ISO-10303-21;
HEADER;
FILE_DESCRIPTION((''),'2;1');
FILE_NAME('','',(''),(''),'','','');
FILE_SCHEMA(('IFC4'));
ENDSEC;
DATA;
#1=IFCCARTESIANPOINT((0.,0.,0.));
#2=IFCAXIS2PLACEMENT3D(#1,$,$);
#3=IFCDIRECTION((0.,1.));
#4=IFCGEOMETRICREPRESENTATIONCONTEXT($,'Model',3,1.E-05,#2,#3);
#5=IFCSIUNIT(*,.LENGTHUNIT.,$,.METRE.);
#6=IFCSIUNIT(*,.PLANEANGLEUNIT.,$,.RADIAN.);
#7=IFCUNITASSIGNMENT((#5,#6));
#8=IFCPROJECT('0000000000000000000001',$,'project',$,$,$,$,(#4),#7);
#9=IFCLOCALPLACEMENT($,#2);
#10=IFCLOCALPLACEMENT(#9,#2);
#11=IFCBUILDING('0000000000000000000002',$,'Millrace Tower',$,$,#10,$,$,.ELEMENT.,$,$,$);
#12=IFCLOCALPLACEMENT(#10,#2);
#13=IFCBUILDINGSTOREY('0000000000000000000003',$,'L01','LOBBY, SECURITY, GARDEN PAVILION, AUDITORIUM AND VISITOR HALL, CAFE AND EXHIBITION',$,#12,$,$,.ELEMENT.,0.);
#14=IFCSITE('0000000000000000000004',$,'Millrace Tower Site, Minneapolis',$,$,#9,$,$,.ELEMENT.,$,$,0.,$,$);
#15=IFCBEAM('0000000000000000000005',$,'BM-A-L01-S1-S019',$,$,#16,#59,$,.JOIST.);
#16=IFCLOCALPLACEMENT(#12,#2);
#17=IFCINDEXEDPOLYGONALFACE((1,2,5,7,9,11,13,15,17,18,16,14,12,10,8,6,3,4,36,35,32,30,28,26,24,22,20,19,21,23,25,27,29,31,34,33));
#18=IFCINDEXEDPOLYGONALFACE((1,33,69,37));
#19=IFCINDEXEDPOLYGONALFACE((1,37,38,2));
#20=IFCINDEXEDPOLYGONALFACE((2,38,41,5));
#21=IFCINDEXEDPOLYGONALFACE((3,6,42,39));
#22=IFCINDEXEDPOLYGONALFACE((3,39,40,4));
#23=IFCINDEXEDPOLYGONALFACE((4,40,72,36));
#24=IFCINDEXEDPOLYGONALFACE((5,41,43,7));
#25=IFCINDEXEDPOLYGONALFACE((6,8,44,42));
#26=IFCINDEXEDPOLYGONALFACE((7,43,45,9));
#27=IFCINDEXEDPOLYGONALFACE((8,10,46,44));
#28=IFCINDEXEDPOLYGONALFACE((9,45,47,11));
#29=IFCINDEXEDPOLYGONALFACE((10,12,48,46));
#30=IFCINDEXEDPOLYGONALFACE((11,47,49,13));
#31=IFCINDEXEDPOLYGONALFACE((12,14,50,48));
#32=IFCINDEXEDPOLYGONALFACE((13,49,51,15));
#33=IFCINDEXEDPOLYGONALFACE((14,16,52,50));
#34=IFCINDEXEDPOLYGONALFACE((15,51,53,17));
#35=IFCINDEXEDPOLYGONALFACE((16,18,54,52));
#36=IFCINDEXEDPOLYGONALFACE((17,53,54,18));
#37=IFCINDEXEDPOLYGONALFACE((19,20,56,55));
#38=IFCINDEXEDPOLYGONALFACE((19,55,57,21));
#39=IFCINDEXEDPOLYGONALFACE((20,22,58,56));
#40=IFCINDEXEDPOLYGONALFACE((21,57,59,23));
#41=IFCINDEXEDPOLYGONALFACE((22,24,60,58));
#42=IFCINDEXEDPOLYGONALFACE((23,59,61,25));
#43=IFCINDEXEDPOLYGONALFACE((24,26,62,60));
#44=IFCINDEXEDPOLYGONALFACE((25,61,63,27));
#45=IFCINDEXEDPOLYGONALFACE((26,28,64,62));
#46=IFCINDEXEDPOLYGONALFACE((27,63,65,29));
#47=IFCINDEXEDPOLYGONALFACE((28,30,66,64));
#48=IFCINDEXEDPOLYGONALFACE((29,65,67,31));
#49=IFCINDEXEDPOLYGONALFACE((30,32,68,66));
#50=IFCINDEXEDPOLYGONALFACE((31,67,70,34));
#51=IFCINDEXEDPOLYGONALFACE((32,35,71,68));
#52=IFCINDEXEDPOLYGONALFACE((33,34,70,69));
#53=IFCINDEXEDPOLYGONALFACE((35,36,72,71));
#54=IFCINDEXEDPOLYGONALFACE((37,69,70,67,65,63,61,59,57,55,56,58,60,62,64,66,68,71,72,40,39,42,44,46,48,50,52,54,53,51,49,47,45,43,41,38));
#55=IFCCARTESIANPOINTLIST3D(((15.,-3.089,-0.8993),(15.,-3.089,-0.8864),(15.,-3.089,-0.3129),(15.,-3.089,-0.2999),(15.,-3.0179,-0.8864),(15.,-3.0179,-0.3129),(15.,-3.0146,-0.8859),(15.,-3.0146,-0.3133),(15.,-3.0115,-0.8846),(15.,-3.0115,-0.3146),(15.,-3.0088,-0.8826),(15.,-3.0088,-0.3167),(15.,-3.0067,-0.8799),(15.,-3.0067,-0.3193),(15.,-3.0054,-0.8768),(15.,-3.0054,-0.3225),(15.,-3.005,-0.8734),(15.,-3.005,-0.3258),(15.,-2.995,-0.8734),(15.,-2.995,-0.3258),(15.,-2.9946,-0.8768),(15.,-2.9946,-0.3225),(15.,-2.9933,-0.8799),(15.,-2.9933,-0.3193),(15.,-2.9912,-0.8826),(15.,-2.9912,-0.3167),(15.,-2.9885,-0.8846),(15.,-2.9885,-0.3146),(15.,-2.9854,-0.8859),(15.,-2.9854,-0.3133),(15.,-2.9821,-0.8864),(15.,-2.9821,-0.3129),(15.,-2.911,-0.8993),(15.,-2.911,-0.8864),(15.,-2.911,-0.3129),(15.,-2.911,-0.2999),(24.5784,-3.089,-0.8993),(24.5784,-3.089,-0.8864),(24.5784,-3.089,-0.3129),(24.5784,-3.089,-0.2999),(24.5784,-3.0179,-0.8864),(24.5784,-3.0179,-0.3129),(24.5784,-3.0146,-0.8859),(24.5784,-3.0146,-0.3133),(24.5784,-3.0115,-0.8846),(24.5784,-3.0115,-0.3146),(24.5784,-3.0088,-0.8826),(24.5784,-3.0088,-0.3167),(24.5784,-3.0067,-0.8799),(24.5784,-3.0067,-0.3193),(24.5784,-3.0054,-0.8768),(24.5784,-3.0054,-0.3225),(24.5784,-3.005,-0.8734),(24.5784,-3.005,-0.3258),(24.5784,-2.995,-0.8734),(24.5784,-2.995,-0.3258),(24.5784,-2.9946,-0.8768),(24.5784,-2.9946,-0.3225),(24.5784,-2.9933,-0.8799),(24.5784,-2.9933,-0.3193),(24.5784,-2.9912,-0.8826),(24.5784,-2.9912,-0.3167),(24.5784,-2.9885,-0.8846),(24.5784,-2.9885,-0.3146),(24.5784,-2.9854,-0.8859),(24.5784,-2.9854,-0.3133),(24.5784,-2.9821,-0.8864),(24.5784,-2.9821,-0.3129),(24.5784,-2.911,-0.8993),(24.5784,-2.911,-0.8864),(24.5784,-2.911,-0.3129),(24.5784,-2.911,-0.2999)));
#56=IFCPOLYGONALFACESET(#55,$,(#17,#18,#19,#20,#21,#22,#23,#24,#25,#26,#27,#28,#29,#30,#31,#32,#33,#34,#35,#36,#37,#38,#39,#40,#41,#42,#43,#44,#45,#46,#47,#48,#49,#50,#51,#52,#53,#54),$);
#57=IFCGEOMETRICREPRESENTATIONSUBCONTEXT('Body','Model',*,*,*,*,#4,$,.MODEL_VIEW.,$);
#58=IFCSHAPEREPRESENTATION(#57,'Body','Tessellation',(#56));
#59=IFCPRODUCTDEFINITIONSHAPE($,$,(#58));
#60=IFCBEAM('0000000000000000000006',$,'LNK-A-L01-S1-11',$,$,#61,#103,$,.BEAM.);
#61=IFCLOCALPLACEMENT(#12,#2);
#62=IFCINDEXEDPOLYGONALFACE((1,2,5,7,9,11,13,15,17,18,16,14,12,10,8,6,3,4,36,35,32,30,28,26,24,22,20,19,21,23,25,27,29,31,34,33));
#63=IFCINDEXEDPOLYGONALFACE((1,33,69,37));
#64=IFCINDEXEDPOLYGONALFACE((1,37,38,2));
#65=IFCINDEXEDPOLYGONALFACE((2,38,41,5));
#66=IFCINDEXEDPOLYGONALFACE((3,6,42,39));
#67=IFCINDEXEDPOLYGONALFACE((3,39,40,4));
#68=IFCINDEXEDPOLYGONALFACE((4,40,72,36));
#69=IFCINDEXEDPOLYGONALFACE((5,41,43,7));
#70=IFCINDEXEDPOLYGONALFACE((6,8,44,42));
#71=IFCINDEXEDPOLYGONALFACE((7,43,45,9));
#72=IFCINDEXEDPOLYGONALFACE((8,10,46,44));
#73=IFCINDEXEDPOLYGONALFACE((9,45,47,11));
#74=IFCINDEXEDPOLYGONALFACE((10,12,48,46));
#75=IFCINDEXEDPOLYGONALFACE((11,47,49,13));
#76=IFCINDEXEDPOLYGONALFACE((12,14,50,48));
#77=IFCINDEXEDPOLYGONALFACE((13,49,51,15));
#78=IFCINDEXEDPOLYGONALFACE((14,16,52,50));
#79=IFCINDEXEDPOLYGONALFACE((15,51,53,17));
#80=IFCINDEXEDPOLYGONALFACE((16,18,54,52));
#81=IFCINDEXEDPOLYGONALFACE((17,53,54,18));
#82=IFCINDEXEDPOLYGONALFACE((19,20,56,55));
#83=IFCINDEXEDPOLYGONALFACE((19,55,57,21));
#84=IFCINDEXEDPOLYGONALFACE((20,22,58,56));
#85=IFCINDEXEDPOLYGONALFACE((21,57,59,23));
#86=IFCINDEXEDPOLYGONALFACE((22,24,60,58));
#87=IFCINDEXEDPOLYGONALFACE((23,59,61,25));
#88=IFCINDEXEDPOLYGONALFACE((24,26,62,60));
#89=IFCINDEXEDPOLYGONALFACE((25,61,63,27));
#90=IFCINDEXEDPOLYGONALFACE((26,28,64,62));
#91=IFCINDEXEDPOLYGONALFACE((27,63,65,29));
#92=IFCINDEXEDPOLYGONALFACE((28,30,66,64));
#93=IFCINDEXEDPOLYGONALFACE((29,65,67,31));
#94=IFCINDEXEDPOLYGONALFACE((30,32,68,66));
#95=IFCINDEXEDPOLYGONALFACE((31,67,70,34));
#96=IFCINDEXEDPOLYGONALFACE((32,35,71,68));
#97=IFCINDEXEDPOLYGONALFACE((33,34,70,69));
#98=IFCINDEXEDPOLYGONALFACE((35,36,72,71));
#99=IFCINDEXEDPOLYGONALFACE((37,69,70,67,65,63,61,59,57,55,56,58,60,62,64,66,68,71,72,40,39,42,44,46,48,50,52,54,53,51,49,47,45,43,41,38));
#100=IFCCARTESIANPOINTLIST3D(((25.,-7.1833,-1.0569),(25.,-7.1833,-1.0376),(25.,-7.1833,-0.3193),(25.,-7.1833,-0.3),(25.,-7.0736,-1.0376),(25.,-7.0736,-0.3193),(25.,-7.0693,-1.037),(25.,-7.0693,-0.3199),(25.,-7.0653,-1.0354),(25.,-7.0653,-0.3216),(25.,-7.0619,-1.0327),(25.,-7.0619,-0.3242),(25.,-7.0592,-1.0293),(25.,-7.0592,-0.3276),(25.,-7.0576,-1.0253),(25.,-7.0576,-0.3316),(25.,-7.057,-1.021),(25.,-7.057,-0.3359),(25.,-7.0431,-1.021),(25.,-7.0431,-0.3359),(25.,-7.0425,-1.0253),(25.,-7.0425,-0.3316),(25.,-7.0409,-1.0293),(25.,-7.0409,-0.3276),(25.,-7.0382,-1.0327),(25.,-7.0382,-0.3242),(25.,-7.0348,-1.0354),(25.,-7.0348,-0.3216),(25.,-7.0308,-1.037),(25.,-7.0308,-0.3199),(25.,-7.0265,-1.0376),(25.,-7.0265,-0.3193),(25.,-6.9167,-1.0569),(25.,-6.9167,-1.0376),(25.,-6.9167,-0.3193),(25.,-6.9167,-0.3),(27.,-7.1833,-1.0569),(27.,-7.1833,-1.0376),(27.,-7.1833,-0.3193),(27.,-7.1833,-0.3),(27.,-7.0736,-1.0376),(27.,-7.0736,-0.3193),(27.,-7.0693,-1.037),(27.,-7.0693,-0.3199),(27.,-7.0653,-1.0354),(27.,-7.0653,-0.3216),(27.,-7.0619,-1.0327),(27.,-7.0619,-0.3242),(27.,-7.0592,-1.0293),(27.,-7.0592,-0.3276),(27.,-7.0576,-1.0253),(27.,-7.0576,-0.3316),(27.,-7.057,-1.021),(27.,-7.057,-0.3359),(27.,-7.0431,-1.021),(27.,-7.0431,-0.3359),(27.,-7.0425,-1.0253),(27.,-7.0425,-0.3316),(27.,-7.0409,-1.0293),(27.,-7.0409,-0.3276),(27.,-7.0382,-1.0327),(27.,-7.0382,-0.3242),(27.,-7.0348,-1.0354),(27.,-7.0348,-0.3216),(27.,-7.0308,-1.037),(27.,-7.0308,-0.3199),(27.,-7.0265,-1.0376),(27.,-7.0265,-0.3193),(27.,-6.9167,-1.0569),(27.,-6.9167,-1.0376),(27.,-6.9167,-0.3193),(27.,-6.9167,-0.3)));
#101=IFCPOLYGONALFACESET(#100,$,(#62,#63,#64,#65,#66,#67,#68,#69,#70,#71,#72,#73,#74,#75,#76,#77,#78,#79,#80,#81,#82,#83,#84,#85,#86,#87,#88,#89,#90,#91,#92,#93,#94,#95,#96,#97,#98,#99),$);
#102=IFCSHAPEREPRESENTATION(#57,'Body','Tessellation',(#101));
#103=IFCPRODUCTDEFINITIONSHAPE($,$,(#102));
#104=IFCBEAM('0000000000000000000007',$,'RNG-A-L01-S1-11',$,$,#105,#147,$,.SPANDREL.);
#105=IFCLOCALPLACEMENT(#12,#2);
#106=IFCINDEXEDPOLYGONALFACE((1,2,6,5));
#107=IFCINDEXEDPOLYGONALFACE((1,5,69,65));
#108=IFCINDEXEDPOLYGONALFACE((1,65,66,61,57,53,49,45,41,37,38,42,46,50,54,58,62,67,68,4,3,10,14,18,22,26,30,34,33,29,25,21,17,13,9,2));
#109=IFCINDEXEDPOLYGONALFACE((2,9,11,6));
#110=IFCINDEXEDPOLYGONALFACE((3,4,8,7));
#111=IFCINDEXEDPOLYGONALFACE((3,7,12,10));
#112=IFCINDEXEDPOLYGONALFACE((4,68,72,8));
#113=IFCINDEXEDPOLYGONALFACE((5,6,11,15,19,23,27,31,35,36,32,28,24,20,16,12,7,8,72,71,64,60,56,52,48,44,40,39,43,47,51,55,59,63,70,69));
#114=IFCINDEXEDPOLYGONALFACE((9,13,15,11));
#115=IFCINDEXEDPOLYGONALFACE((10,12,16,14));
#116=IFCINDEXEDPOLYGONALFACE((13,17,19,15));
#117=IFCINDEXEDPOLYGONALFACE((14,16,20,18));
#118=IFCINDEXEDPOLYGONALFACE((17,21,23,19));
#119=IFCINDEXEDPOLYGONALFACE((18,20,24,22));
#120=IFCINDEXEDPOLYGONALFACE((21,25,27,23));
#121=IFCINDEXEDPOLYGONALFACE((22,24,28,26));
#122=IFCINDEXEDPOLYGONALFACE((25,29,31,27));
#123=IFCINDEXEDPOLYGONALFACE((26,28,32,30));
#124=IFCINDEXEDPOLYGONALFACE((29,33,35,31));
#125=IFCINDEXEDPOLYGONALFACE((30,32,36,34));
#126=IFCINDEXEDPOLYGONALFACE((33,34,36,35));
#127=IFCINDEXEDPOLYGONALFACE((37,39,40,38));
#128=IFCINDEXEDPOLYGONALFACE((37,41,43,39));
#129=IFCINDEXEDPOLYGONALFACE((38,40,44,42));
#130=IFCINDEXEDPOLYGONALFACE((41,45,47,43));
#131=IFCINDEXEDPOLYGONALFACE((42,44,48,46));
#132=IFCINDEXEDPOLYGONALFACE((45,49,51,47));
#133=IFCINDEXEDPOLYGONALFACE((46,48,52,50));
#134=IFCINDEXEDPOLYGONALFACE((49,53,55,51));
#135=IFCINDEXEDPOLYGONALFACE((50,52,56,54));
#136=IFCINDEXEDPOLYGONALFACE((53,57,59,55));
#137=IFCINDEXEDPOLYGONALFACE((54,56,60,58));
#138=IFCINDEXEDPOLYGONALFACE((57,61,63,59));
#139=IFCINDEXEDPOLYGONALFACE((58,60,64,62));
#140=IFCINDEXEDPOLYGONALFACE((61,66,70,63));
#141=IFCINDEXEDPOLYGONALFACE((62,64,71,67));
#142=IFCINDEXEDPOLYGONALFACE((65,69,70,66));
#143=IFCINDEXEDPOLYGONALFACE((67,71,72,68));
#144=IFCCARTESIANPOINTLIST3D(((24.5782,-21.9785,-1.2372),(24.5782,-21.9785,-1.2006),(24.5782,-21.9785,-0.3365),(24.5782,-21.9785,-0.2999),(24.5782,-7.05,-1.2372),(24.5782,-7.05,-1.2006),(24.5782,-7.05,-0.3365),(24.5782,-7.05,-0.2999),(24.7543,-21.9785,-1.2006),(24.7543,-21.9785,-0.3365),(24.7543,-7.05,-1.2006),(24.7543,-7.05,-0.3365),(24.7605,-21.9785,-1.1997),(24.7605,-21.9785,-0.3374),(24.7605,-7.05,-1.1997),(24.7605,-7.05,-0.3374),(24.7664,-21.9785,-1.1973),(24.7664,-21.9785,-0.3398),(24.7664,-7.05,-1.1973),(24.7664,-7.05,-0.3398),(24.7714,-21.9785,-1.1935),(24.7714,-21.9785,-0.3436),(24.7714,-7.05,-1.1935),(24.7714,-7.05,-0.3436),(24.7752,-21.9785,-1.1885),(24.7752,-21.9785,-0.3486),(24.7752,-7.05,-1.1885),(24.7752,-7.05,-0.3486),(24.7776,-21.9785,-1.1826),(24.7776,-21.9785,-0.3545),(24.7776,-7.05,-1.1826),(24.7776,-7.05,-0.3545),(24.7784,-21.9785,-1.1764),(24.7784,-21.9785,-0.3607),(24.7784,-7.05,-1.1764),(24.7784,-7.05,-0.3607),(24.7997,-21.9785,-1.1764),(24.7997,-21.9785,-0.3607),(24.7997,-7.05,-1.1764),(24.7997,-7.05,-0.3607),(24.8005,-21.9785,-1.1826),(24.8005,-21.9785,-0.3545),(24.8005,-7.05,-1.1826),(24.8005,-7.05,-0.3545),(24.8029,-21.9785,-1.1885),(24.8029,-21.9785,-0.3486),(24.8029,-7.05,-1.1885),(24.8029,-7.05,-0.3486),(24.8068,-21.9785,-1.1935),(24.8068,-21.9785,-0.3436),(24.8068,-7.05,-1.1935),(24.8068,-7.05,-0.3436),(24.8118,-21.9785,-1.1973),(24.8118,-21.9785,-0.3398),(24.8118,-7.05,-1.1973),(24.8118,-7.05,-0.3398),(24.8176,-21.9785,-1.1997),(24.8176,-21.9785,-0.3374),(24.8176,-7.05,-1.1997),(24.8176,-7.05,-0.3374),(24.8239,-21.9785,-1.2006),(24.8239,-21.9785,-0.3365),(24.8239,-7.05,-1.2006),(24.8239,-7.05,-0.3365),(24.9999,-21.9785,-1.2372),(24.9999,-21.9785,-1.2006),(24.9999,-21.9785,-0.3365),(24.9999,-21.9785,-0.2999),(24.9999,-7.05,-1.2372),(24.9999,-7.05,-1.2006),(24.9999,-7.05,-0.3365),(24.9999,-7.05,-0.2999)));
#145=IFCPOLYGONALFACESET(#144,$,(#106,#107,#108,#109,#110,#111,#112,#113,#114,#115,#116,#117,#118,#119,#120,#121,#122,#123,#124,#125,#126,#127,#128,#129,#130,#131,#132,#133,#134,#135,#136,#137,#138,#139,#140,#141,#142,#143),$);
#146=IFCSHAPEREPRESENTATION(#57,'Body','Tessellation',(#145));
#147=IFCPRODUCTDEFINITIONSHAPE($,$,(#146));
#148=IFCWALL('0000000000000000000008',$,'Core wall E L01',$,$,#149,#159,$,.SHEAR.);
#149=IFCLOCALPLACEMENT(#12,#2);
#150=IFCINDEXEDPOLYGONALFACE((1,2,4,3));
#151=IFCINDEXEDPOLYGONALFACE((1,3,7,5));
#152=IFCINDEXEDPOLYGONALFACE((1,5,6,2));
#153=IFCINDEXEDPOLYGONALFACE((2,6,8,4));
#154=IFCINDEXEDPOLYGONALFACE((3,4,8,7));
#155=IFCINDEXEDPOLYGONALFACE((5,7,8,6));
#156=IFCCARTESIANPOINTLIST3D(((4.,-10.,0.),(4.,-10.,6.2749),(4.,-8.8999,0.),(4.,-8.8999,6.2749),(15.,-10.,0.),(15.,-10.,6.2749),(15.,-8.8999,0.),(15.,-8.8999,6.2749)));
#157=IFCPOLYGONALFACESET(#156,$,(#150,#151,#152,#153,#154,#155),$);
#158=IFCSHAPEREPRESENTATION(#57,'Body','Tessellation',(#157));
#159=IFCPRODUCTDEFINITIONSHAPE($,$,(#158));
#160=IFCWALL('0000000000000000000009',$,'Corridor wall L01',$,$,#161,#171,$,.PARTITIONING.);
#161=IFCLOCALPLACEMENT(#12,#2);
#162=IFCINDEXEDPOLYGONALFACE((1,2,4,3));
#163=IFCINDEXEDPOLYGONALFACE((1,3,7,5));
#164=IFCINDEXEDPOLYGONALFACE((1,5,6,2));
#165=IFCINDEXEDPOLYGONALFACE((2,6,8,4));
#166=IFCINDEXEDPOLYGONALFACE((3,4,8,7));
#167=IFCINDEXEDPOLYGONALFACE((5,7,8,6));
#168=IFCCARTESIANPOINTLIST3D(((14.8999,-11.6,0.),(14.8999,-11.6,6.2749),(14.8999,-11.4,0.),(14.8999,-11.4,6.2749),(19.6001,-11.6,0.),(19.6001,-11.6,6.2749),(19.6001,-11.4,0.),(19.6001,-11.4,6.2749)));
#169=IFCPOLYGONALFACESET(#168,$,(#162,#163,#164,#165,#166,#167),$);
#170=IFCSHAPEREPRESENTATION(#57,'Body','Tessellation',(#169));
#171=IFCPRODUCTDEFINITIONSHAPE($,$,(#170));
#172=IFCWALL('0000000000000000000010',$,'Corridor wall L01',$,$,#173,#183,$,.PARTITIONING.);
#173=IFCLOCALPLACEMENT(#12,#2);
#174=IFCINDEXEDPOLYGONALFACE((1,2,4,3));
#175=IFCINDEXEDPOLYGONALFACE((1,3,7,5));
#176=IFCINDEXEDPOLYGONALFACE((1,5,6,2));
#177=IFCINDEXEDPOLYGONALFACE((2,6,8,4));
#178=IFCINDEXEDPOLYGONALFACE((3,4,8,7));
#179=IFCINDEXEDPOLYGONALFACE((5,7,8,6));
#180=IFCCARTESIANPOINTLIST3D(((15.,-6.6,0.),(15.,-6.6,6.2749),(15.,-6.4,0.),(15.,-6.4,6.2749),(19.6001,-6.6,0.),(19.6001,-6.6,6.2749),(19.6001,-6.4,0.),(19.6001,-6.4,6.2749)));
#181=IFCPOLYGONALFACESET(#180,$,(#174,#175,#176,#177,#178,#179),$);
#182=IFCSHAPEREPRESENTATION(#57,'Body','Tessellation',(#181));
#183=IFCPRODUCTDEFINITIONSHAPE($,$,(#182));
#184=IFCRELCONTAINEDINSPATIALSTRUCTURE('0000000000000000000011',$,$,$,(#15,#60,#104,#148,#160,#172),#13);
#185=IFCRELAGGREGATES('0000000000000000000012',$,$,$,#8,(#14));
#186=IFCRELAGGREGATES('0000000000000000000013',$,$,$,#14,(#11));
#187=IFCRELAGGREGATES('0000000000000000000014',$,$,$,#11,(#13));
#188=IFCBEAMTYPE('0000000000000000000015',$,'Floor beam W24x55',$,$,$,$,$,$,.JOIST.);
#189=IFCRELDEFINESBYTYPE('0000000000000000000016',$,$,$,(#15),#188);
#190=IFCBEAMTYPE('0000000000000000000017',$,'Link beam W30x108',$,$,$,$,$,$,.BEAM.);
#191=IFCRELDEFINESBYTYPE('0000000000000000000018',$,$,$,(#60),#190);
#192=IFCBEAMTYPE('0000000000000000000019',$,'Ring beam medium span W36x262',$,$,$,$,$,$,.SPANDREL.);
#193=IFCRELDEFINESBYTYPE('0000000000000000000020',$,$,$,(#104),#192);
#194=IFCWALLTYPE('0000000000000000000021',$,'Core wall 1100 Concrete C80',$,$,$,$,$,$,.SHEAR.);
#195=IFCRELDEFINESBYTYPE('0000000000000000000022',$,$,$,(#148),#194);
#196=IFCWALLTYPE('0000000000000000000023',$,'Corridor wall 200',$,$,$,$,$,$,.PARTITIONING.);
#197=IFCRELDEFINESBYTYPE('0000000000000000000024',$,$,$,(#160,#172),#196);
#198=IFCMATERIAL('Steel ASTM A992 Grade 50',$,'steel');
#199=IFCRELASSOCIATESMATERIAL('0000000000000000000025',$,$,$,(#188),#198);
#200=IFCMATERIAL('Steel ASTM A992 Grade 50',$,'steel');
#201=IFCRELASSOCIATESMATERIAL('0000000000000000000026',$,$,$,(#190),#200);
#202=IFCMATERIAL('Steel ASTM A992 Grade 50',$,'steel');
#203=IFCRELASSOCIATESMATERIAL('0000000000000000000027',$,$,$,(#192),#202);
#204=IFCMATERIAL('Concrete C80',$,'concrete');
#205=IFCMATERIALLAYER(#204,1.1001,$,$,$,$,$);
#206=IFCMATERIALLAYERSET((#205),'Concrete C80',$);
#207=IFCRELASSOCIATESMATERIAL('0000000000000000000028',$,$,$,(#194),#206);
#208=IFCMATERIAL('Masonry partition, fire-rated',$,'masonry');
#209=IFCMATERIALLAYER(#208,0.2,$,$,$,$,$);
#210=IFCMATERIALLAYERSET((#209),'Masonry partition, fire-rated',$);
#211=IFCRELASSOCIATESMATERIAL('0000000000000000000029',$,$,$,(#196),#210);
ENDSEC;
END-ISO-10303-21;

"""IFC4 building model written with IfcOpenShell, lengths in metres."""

from ifc_helpers import new_model, si_unit, direction, frame, frame_2d, origin, origin_2d, place, context, subcontext, project, spatial, rectangle, i_section, extrude, material, layer, layer_set, material_profile, profile_set, type_object, element, save


model = new_model("IFC4")

# Units and contexts
model_context = context("Model", 3, precision=1e-05, world=origin(), true_north=direction((0.0, 1.0)))
body_context = subcontext(model_context, "Body", "Model", "MODEL_VIEW")
ifc_project = project(units=[si_unit("LENGTHUNIT", "METRE"), si_unit("PLANEANGLEUNIT", "RADIAN")], contexts=[model_context])

# Site, building, storey
site_placement = place(None, origin())
site = spatial("IfcSite", under=ifc_project, at=site_placement, Name="Millrace Tower Site, Minneapolis", CompositionType="ELEMENT", RefElevation=0.0)
building_placement = place(site_placement, origin())
building = spatial("IfcBuilding", under=site, at=building_placement, Name="Millrace Tower", CompositionType="ELEMENT")
storey_placement = place(building_placement, origin())
storey = spatial("IfcBuildingStorey", under=building, at=storey_placement, Name="L01", Description="LOBBY, SECURITY, GARDEN PAVILION, AUDITORIUM AND VISITOR HALL, CAFE AND EXHIBITION", CompositionType="ELEMENT", Elevation=0.0)

# Beams
ifc_material_1 = material(Name="Steel ASTM A992 Grade 50", Category="steel")
ifc_material_profile_1 = material_profile(ifc_material_1, i_section(OverallWidth=0.178, OverallDepth=0.5994, WebThickness=0.01, FlangeThickness=0.0129, FilletRadius=0.0129, at=origin_2d()))
ifc_profile_set_1 = profile_set([ifc_material_profile_1], Name="Steel ASTM A992 Grade 50")
beam_type_1 = type_object("IfcBeamType", Name="Floor beam W24x55", PredefinedType="JOIST", material=ifc_profile_set_1)
for number, where, z_axis, x_axis, name in (
    (1, (15.0, -3.0, -0.5996), (1.0, 0.0, 0.0), (0.0, 1.0, 0.0), "BM-A-L01-S1-S019"),
):
    element("IfcBeam", number, at=place(storey_placement, frame(where, z_axis=z_axis, x_axis=x_axis)), inside=storey, type_object=beam_type_1, Name=name, PredefinedType="JOIST", context=body_context, shape_type="SweptSolid", body=[
        extrude(i_section(OverallWidth=0.178, OverallDepth=0.5994, WebThickness=0.01, FlangeThickness=0.0129, FilletRadius=0.0129, at=origin_2d()), origin(), (0.0, 0.0, 1.0), 9.5784),
    ])
ifc_material_2 = material(Name="Steel ASTM A992 Grade 50", Category="steel")
ifc_material_profile_2 = material_profile(ifc_material_2, i_section(OverallWidth=0.2666, OverallDepth=0.7568, WebThickness=0.0139, FlangeThickness=0.0193, FilletRadius=0.0166, at=origin_2d()))
ifc_profile_set_2 = profile_set([ifc_material_profile_2], Name="Steel ASTM A992 Grade 50")
beam_type_2 = type_object("IfcBeamType", Name="Link beam W30x108", PredefinedType="BEAM", material=ifc_profile_set_2)
beam_1_placement = place(storey_placement, frame((25.0, -7.05, -0.6785), z_axis=(1.0, 0.0, 0.0), x_axis=(0.0, 1.0, 0.0)))
element("IfcBeam", 2, at=beam_1_placement, inside=storey, type_object=beam_type_2, Name="LNK-A-L01-S1-11", PredefinedType="BEAM", context=body_context, shape_type="SweptSolid", body=[
    extrude(i_section(OverallWidth=0.2666, OverallDepth=0.7568, WebThickness=0.0139, FlangeThickness=0.0193, FilletRadius=0.0166, at=origin_2d()), origin(), (0.0, 0.0, 1.0), 2.0),
])
ifc_material_3 = material(Name="Steel ASTM A992 Grade 50", Category="steel")
ifc_material_profile_3 = material_profile(ifc_material_3, i_section(OverallWidth=0.4216, OverallDepth=0.9373, WebThickness=0.0212, FlangeThickness=0.0366, FilletRadius=0.0242, at=origin_2d()))
ifc_profile_set_3 = profile_set([ifc_material_profile_3], Name="Steel ASTM A992 Grade 50")
beam_type_3 = type_object("IfcBeamType", Name="Ring beam medium span W36x262", PredefinedType="SPANDREL", material=ifc_profile_set_3)
beam_2_placement = place(storey_placement, frame((24.7891, -7.05, -0.7686), z_axis=(0.0, -1.0, 0.0), x_axis=(1.0, 0.0, 0.0)))
element("IfcBeam", 3, at=beam_2_placement, inside=storey, type_object=beam_type_3, Name="RNG-A-L01-S1-11", PredefinedType="SPANDREL", context=body_context, shape_type="SweptSolid", body=[
    extrude(i_section(OverallWidth=0.4216, OverallDepth=0.9373, WebThickness=0.0212, FlangeThickness=0.0366, FilletRadius=0.0242, at=origin_2d()), origin(), (0.0, 0.0, 1.0), 14.9285),
])

# Walls
ifc_material_4 = material(Name="Concrete C80", Category="concrete")
ifc_layer_1 = layer(ifc_material_4, 1.1001)
ifc_layer_set_1 = layer_set([ifc_layer_1], Name="Concrete C80")
wall_type_1 = type_object("IfcWallType", Name="Core wall 1100 Concrete C80", PredefinedType="SHEAR", material=ifc_layer_set_1)
wall_1_placement = place(storey_placement, frame((15.0, -9.45, 0.0), z_axis=(0.0, 0.0, 1.0), x_axis=(-1.0, 0.0, 0.0)))
element("IfcWall", 4, at=wall_1_placement, inside=storey, type_object=wall_type_1, Name="Core wall E L01", PredefinedType="SHEAR", context=body_context, shape_type="SweptSolid", body=[
    extrude(rectangle(XDim=11.0, YDim=1.1001, at=frame_2d((5.5, 0.0))), origin(), (0.0, 0.0, 1.0), 6.2749),
])
ifc_material_5 = material(Name="Masonry partition, fire-rated", Category="masonry")
ifc_layer_2 = layer(ifc_material_5, 0.2)
ifc_layer_set_2 = layer_set([ifc_layer_2], Name="Masonry partition, fire-rated")
wall_type_2 = type_object("IfcWallType", Name="Corridor wall 200", PredefinedType="PARTITIONING", material=ifc_layer_set_2)
wall_2_placement = place(storey_placement, frame((14.8999, -11.5, 0.0), z_axis=(0.0, 0.0, 1.0), x_axis=(1.0, 0.0, 0.0)))
element("IfcWall", 5, at=wall_2_placement, inside=storey, type_object=wall_type_2, Name="Corridor wall L01", PredefinedType="PARTITIONING", context=body_context, shape_type="SweptSolid", body=[
    extrude(rectangle(XDim=4.7002, YDim=0.2, at=frame_2d((2.3501, 0.0))), origin(), (0.0, 0.0, 1.0), 6.2749),
])
wall_3_placement = place(storey_placement, frame((15.0, -6.5, 0.0), z_axis=(0.0, 0.0, 1.0), x_axis=(1.0, 0.0, 0.0)))
element("IfcWall", 6, at=wall_3_placement, inside=storey, type_object=wall_type_2, Name="Corridor wall L01", PredefinedType="PARTITIONING", context=body_context, shape_type="SweptSolid", body=[
    extrude(rectangle(XDim=4.6001, YDim=0.2, at=frame_2d((2.3, 0.0))), origin(), (0.0, 0.0, 1.0), 6.2749),
])

save(model, "model.ifc")
